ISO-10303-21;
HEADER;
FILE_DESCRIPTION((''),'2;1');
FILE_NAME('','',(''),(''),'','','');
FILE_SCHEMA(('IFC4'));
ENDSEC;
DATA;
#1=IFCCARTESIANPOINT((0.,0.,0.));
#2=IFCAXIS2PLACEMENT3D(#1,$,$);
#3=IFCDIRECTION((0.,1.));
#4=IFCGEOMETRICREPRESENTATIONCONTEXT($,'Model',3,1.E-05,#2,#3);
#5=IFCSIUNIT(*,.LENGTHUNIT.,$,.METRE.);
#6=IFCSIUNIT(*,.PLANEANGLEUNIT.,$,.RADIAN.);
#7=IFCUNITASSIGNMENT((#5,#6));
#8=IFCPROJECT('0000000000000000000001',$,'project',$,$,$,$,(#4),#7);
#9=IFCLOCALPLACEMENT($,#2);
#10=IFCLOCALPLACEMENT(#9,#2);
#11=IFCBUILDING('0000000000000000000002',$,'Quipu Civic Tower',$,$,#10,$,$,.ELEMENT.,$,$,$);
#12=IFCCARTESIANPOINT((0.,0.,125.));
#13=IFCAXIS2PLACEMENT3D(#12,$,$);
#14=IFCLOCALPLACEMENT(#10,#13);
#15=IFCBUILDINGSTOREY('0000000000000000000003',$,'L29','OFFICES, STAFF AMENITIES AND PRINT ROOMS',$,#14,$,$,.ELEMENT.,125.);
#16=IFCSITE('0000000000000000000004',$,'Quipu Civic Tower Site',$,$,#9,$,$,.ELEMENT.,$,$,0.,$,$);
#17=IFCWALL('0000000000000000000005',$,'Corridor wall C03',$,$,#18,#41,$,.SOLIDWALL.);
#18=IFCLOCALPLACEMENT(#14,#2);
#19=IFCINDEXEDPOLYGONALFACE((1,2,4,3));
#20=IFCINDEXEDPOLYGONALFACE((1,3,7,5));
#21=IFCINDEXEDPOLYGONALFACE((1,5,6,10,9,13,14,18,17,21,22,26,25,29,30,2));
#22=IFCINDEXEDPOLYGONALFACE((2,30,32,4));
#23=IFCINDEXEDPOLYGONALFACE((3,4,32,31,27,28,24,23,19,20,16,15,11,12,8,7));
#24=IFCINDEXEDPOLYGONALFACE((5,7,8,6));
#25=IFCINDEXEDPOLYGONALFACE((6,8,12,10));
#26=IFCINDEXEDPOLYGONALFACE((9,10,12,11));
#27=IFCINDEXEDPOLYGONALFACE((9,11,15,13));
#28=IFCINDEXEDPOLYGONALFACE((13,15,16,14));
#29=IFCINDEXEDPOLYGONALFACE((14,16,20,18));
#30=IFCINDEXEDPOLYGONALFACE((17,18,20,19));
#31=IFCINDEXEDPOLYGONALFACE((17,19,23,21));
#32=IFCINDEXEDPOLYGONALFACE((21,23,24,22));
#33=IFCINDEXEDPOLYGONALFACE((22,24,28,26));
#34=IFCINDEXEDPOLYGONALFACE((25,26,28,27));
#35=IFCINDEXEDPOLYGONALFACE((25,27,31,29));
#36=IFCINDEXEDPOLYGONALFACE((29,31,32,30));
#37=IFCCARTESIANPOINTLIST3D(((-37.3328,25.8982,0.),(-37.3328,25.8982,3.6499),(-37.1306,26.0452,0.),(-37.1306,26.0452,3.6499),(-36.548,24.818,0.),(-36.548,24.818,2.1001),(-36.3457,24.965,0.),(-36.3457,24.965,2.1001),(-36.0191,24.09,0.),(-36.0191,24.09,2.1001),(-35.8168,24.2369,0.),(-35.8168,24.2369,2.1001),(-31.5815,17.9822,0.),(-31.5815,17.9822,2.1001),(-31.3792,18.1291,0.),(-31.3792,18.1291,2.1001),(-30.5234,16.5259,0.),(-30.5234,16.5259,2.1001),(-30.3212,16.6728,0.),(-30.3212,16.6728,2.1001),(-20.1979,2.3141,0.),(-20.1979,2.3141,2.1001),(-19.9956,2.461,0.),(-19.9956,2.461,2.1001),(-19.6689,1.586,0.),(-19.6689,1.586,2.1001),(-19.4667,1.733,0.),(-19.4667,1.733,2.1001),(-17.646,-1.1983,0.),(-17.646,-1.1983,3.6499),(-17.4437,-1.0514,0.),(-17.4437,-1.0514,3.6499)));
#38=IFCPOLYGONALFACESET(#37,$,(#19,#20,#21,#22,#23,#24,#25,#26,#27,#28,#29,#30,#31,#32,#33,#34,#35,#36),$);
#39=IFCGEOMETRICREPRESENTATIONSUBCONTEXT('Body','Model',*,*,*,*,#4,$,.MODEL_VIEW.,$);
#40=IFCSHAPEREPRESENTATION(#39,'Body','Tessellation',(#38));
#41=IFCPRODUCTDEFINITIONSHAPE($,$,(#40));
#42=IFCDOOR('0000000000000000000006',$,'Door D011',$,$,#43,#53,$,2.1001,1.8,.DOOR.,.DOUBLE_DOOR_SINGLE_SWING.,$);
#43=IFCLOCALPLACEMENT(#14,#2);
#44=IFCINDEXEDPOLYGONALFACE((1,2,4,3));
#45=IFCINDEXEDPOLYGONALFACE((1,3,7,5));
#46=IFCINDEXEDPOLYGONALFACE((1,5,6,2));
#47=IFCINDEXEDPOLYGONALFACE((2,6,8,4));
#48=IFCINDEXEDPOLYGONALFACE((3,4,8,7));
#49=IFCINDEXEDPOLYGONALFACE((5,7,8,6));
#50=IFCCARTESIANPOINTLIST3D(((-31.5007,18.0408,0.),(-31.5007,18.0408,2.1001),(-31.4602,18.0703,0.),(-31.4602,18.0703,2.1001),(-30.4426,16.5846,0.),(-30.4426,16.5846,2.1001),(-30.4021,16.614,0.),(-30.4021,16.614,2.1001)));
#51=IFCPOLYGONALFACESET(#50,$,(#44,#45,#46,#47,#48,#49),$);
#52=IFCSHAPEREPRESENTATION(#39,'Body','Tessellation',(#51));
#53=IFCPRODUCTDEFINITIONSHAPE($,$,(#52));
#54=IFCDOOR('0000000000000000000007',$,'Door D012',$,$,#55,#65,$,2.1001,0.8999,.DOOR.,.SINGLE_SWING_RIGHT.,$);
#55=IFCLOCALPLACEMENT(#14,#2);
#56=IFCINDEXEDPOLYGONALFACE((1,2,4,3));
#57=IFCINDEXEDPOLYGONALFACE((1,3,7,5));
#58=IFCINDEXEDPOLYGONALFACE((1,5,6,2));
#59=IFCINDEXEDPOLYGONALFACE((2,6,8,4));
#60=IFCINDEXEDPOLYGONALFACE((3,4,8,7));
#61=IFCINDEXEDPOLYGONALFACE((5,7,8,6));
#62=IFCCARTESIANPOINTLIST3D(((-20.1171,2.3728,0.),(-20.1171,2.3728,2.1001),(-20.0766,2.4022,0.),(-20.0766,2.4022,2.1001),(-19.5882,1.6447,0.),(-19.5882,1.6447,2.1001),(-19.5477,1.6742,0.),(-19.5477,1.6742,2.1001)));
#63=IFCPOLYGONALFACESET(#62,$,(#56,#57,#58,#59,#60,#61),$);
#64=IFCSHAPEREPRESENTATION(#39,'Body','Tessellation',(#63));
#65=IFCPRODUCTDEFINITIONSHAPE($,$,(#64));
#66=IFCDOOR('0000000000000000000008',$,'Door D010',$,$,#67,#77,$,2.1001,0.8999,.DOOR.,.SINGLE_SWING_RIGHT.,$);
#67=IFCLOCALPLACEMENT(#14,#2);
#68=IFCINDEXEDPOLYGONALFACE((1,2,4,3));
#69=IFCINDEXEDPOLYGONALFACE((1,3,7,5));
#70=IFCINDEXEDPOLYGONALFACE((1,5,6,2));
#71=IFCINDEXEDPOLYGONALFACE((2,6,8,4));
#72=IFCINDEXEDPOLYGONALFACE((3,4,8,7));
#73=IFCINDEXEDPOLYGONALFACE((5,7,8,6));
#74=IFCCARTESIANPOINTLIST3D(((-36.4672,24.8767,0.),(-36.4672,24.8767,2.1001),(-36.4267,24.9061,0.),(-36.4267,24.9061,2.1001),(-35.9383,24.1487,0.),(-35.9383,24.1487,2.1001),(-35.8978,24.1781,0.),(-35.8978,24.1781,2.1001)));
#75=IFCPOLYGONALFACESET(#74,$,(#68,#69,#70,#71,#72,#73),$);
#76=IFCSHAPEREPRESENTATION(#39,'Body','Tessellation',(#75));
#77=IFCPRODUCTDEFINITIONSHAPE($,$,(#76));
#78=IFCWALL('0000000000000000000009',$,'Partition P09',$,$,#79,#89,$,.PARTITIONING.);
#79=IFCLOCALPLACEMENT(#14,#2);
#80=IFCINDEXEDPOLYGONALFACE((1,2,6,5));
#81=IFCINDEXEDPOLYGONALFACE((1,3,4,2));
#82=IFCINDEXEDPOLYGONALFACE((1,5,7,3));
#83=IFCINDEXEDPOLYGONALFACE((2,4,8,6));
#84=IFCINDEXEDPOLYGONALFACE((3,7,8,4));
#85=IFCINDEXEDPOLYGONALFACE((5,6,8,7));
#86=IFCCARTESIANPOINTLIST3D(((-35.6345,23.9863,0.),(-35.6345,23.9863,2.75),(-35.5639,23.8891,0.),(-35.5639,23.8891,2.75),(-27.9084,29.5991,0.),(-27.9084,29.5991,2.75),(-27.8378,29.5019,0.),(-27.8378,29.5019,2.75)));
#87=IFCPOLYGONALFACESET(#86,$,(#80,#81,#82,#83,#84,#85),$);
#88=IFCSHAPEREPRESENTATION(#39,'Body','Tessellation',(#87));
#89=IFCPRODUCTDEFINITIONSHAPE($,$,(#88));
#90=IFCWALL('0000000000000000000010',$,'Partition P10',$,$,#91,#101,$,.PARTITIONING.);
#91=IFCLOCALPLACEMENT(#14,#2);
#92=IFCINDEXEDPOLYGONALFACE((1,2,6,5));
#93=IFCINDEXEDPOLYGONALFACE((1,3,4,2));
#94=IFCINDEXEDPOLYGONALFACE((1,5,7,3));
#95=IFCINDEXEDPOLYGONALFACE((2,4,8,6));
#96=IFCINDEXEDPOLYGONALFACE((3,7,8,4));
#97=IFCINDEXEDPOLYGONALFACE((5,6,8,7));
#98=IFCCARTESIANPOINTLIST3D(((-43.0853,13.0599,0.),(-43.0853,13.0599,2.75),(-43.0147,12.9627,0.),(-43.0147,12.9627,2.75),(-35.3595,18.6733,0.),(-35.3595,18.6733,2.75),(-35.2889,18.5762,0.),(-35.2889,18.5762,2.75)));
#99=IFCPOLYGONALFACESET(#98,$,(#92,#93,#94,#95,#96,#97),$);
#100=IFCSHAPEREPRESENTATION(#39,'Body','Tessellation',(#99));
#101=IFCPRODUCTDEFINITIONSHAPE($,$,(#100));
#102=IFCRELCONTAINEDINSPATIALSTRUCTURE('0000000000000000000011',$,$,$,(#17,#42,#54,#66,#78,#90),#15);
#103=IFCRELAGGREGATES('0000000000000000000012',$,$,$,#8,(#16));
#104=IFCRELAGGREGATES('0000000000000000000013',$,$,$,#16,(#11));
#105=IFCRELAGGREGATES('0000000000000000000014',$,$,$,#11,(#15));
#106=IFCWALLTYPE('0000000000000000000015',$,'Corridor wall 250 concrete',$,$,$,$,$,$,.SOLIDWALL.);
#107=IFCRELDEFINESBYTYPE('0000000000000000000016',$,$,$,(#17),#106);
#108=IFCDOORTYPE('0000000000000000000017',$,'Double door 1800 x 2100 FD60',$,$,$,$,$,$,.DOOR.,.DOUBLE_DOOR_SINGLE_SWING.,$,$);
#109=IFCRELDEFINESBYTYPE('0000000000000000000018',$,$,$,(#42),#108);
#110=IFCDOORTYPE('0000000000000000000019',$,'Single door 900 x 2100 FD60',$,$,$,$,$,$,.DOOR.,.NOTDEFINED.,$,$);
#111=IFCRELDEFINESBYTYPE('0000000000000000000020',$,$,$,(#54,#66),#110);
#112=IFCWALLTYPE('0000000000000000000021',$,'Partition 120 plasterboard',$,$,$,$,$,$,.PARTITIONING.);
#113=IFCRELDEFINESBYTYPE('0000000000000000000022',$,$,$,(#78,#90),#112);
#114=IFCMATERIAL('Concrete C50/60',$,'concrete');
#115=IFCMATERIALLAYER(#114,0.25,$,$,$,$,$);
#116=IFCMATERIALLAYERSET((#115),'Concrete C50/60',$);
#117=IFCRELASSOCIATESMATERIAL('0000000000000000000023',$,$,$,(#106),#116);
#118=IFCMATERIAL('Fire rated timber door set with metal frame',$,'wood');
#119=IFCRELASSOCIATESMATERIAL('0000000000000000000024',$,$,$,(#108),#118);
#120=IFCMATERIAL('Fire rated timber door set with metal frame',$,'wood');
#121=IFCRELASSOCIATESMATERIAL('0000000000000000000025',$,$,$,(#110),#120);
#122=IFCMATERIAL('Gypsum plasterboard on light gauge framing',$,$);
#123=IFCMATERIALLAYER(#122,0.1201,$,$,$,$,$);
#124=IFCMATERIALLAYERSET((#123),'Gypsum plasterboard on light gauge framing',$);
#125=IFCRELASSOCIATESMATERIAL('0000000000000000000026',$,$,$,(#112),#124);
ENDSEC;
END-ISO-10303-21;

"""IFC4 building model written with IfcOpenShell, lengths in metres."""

from ifc_helpers import new_model, si_unit, direction, frame, frame_2d, origin, place, context, subcontext, project, spatial, rectangle, extrude, material, layer, layer_set, type_object, element, fill, save


model = new_model("IFC4")

# Units and contexts
model_context = context("Model", 3, precision=1e-05, world=origin(), true_north=direction((0.0, 1.0)))
body_context = subcontext(model_context, "Body", "Model", "MODEL_VIEW")
ifc_project = project(units=[si_unit("LENGTHUNIT", "METRE"), si_unit("PLANEANGLEUNIT", "RADIAN")], contexts=[model_context])

# Site, building, storey
site_placement = place(None, origin())
site = spatial("IfcSite", under=ifc_project, at=site_placement, Name="Quipu Civic Tower Site", CompositionType="ELEMENT", RefElevation=0.0)
building_placement = place(site_placement, origin())
building = spatial("IfcBuilding", under=site, at=building_placement, Name="Quipu Civic Tower", CompositionType="ELEMENT")
storey_placement = place(building_placement, frame((0.0, 0.0, 125.0)))
storey = spatial("IfcBuildingStorey", under=building, at=storey_placement, Name="L29", Description="OFFICES, STAFF AMENITIES AND PRINT ROOMS", CompositionType="ELEMENT", Elevation=125.0)

# Wall, openings, doors
ifc_material_1 = material(Name="Concrete C50/60", Category="concrete")
ifc_layer_1 = layer(ifc_material_1, 0.25)
ifc_layer_set_1 = layer_set([ifc_layer_1], Name="Concrete C50/60")
wall_type_1 = type_object("IfcWallType", Name="Corridor wall 250 concrete", PredefinedType="SOLIDWALL", material=ifc_layer_set_1)
wall_1_placement = place(storey_placement, frame((-37.2317, 25.9717, 0.0), z_axis=(0.0, 0.0, 1.0), x_axis=(0.587786, -0.809016, 0.0)))
wall_1 = element("IfcWall", 1, at=wall_1_placement, inside=storey, type_object=wall_type_1, Name="Corridor wall C03", PredefinedType="SOLIDWALL", context=body_context, shape_type="SweptSolid", body=[
    extrude(rectangle(XDim=33.4932, YDim=0.25, at=frame_2d((16.7466, 0.0))), origin(), (0.0, 0.0, 1.0), 3.6499),
])
opening_1_placement = place(wall_1_placement, frame((9.7849, 0.0, 0.0)))
opening_1 = element("IfcOpeningElement", 2, at=opening_1_placement, cuts=wall_1, PredefinedType="OPENING", context=body_context, shape_type="SweptSolid", body=[
    extrude(rectangle(XDim=1.8, YDim=2.1001, at=frame_2d((0.8999, 1.05))), frame((0.0, 0.135, 0.0), z_axis=(0.0, -1.0, 0.0), x_axis=(1.0, 0.0, 0.0)), (0.0, 0.0, 1.0), 0.27),
])
opening_2_placement = place(wall_1_placement, frame((29.1516, 0.0, 0.0)))
opening_2 = element("IfcOpeningElement", 3, at=opening_2_placement, cuts=wall_1, PredefinedType="OPENING", context=body_context, shape_type="SweptSolid", body=[
    extrude(rectangle(XDim=0.8999, YDim=2.1001, at=frame_2d((0.45, 1.05))), frame((0.0, 0.135, 0.0), z_axis=(0.0, -1.0, 0.0), x_axis=(1.0, 0.0, 0.0)), (0.0, 0.0, 1.0), 0.27),
])
opening_3_placement = place(wall_1_placement, frame((1.3352, 0.0, 0.0)))
opening_3 = element("IfcOpeningElement", 4, at=opening_3_placement, cuts=wall_1, PredefinedType="OPENING", context=body_context, shape_type="SweptSolid", body=[
    extrude(rectangle(XDim=0.8999, YDim=2.1001, at=frame_2d((0.45, 1.05))), frame((0.0, 0.135, 0.0), z_axis=(0.0, -1.0, 0.0), x_axis=(1.0, 0.0, 0.0)), (0.0, 0.0, 1.0), 0.27),
])
ifc_material_2 = material(Name="Fire rated timber door set with metal frame", Category="wood")
door_type_1 = type_object("IfcDoorType", Name="Double door 1800 x 2100 FD60", OperationType="DOUBLE_DOOR_SINGLE_SWING", PredefinedType="DOOR", material=ifc_material_2)
door_1_placement = place(opening_1_placement, origin())
door_1 = element("IfcDoor", 5, at=door_1_placement, inside=storey, type_object=door_type_1, Name="Door D011", OperationType="DOUBLE_DOOR_SINGLE_SWING", OverallHeight=2.1001, OverallWidth=1.8, PredefinedType="DOOR", context=body_context, shape_type="SweptSolid", body=[
    extrude(rectangle(XDim=1.8, YDim=2.1001, at=frame_2d((0.8999, 1.05))), frame((0.0, 0.0249, 0.0), z_axis=(0.0, -1.0, 0.0), x_axis=(1.0, 0.0, 0.0)), (0.0, 0.0, 1.0), 0.05),
])
fill(opening_1, door_1)
ifc_material_3 = material(Name="Fire rated timber door set with metal frame", Category="wood")
door_type_2 = type_object("IfcDoorType", Name="Single door 900 x 2100 FD60", OperationType="NOTDEFINED", PredefinedType="DOOR", material=ifc_material_3)
door_2_placement = place(opening_2_placement, origin())
door_2 = element("IfcDoor", 6, at=door_2_placement, inside=storey, type_object=door_type_2, Name="Door D012", OperationType="SINGLE_SWING_RIGHT", OverallHeight=2.1001, OverallWidth=0.8999, PredefinedType="DOOR", context=body_context, shape_type="SweptSolid", body=[
    extrude(rectangle(XDim=0.8999, YDim=2.1001, at=frame_2d((0.45, 1.05))), frame((0.0, 0.0249, 0.0), z_axis=(0.0, -1.0, 0.0), x_axis=(1.0, 0.0, 0.0)), (0.0, 0.0, 1.0), 0.05),
])
fill(opening_2, door_2)
door_3_placement = place(opening_3_placement, origin())
door_3 = element("IfcDoor", 7, at=door_3_placement, inside=storey, type_object=door_type_2, Name="Door D010", OperationType="SINGLE_SWING_RIGHT", OverallHeight=2.1001, OverallWidth=0.8999, PredefinedType="DOOR", context=body_context, shape_type="SweptSolid", body=[
    extrude(rectangle(XDim=0.8999, YDim=2.1001, at=frame_2d((0.45, 1.05))), frame((0.0, 0.0249, 0.0), z_axis=(0.0, -1.0, 0.0), x_axis=(1.0, 0.0, 0.0)), (0.0, 0.0, 1.0), 0.05),
])
fill(opening_3, door_3)

# Walls
ifc_material_4 = material(Name="Gypsum plasterboard on light gauge framing")
ifc_layer_2 = layer(ifc_material_4, 0.1201)
ifc_layer_set_2 = layer_set([ifc_layer_2], Name="Gypsum plasterboard on light gauge framing")
wall_type_2 = type_object("IfcWallType", Name="Partition 120 plasterboard", PredefinedType="PARTITIONING", material=ifc_layer_set_2)
wall_2_placement = place(storey_placement, frame((-27.873, 29.5505, 0.0), z_axis=(0.0, 0.0, 1.0), x_axis=(-0.809043, -0.587749, 0.0)))
element("IfcWall", 8, at=wall_2_placement, inside=storey, type_object=wall_type_2, Name="Partition P09", PredefinedType="PARTITIONING", context=body_context, shape_type="SweptSolid", body=[
    extrude(rectangle(XDim=9.5496, YDim=0.1201, at=frame_2d((4.7749, 0.0))), origin(), (0.0, 0.0, 1.0), 2.75),
])
wall_3_placement = place(storey_placement, frame((-35.3242, 18.6248, 0.0), z_axis=(0.0, 0.0, 1.0), x_axis=(-0.808998, -0.587811, 0.0)))
element("IfcWall", 9, at=wall_3_placement, inside=storey, type_object=wall_type_2, Name="Partition P10", PredefinedType="PARTITIONING", context=body_context, shape_type="SweptSolid", body=[
    extrude(rectangle(XDim=9.5498, YDim=0.1201, at=frame_2d((4.7749, 0.0))), origin(), (0.0, 0.0, 1.0), 2.75),
])

save(model, "model.ifc")
